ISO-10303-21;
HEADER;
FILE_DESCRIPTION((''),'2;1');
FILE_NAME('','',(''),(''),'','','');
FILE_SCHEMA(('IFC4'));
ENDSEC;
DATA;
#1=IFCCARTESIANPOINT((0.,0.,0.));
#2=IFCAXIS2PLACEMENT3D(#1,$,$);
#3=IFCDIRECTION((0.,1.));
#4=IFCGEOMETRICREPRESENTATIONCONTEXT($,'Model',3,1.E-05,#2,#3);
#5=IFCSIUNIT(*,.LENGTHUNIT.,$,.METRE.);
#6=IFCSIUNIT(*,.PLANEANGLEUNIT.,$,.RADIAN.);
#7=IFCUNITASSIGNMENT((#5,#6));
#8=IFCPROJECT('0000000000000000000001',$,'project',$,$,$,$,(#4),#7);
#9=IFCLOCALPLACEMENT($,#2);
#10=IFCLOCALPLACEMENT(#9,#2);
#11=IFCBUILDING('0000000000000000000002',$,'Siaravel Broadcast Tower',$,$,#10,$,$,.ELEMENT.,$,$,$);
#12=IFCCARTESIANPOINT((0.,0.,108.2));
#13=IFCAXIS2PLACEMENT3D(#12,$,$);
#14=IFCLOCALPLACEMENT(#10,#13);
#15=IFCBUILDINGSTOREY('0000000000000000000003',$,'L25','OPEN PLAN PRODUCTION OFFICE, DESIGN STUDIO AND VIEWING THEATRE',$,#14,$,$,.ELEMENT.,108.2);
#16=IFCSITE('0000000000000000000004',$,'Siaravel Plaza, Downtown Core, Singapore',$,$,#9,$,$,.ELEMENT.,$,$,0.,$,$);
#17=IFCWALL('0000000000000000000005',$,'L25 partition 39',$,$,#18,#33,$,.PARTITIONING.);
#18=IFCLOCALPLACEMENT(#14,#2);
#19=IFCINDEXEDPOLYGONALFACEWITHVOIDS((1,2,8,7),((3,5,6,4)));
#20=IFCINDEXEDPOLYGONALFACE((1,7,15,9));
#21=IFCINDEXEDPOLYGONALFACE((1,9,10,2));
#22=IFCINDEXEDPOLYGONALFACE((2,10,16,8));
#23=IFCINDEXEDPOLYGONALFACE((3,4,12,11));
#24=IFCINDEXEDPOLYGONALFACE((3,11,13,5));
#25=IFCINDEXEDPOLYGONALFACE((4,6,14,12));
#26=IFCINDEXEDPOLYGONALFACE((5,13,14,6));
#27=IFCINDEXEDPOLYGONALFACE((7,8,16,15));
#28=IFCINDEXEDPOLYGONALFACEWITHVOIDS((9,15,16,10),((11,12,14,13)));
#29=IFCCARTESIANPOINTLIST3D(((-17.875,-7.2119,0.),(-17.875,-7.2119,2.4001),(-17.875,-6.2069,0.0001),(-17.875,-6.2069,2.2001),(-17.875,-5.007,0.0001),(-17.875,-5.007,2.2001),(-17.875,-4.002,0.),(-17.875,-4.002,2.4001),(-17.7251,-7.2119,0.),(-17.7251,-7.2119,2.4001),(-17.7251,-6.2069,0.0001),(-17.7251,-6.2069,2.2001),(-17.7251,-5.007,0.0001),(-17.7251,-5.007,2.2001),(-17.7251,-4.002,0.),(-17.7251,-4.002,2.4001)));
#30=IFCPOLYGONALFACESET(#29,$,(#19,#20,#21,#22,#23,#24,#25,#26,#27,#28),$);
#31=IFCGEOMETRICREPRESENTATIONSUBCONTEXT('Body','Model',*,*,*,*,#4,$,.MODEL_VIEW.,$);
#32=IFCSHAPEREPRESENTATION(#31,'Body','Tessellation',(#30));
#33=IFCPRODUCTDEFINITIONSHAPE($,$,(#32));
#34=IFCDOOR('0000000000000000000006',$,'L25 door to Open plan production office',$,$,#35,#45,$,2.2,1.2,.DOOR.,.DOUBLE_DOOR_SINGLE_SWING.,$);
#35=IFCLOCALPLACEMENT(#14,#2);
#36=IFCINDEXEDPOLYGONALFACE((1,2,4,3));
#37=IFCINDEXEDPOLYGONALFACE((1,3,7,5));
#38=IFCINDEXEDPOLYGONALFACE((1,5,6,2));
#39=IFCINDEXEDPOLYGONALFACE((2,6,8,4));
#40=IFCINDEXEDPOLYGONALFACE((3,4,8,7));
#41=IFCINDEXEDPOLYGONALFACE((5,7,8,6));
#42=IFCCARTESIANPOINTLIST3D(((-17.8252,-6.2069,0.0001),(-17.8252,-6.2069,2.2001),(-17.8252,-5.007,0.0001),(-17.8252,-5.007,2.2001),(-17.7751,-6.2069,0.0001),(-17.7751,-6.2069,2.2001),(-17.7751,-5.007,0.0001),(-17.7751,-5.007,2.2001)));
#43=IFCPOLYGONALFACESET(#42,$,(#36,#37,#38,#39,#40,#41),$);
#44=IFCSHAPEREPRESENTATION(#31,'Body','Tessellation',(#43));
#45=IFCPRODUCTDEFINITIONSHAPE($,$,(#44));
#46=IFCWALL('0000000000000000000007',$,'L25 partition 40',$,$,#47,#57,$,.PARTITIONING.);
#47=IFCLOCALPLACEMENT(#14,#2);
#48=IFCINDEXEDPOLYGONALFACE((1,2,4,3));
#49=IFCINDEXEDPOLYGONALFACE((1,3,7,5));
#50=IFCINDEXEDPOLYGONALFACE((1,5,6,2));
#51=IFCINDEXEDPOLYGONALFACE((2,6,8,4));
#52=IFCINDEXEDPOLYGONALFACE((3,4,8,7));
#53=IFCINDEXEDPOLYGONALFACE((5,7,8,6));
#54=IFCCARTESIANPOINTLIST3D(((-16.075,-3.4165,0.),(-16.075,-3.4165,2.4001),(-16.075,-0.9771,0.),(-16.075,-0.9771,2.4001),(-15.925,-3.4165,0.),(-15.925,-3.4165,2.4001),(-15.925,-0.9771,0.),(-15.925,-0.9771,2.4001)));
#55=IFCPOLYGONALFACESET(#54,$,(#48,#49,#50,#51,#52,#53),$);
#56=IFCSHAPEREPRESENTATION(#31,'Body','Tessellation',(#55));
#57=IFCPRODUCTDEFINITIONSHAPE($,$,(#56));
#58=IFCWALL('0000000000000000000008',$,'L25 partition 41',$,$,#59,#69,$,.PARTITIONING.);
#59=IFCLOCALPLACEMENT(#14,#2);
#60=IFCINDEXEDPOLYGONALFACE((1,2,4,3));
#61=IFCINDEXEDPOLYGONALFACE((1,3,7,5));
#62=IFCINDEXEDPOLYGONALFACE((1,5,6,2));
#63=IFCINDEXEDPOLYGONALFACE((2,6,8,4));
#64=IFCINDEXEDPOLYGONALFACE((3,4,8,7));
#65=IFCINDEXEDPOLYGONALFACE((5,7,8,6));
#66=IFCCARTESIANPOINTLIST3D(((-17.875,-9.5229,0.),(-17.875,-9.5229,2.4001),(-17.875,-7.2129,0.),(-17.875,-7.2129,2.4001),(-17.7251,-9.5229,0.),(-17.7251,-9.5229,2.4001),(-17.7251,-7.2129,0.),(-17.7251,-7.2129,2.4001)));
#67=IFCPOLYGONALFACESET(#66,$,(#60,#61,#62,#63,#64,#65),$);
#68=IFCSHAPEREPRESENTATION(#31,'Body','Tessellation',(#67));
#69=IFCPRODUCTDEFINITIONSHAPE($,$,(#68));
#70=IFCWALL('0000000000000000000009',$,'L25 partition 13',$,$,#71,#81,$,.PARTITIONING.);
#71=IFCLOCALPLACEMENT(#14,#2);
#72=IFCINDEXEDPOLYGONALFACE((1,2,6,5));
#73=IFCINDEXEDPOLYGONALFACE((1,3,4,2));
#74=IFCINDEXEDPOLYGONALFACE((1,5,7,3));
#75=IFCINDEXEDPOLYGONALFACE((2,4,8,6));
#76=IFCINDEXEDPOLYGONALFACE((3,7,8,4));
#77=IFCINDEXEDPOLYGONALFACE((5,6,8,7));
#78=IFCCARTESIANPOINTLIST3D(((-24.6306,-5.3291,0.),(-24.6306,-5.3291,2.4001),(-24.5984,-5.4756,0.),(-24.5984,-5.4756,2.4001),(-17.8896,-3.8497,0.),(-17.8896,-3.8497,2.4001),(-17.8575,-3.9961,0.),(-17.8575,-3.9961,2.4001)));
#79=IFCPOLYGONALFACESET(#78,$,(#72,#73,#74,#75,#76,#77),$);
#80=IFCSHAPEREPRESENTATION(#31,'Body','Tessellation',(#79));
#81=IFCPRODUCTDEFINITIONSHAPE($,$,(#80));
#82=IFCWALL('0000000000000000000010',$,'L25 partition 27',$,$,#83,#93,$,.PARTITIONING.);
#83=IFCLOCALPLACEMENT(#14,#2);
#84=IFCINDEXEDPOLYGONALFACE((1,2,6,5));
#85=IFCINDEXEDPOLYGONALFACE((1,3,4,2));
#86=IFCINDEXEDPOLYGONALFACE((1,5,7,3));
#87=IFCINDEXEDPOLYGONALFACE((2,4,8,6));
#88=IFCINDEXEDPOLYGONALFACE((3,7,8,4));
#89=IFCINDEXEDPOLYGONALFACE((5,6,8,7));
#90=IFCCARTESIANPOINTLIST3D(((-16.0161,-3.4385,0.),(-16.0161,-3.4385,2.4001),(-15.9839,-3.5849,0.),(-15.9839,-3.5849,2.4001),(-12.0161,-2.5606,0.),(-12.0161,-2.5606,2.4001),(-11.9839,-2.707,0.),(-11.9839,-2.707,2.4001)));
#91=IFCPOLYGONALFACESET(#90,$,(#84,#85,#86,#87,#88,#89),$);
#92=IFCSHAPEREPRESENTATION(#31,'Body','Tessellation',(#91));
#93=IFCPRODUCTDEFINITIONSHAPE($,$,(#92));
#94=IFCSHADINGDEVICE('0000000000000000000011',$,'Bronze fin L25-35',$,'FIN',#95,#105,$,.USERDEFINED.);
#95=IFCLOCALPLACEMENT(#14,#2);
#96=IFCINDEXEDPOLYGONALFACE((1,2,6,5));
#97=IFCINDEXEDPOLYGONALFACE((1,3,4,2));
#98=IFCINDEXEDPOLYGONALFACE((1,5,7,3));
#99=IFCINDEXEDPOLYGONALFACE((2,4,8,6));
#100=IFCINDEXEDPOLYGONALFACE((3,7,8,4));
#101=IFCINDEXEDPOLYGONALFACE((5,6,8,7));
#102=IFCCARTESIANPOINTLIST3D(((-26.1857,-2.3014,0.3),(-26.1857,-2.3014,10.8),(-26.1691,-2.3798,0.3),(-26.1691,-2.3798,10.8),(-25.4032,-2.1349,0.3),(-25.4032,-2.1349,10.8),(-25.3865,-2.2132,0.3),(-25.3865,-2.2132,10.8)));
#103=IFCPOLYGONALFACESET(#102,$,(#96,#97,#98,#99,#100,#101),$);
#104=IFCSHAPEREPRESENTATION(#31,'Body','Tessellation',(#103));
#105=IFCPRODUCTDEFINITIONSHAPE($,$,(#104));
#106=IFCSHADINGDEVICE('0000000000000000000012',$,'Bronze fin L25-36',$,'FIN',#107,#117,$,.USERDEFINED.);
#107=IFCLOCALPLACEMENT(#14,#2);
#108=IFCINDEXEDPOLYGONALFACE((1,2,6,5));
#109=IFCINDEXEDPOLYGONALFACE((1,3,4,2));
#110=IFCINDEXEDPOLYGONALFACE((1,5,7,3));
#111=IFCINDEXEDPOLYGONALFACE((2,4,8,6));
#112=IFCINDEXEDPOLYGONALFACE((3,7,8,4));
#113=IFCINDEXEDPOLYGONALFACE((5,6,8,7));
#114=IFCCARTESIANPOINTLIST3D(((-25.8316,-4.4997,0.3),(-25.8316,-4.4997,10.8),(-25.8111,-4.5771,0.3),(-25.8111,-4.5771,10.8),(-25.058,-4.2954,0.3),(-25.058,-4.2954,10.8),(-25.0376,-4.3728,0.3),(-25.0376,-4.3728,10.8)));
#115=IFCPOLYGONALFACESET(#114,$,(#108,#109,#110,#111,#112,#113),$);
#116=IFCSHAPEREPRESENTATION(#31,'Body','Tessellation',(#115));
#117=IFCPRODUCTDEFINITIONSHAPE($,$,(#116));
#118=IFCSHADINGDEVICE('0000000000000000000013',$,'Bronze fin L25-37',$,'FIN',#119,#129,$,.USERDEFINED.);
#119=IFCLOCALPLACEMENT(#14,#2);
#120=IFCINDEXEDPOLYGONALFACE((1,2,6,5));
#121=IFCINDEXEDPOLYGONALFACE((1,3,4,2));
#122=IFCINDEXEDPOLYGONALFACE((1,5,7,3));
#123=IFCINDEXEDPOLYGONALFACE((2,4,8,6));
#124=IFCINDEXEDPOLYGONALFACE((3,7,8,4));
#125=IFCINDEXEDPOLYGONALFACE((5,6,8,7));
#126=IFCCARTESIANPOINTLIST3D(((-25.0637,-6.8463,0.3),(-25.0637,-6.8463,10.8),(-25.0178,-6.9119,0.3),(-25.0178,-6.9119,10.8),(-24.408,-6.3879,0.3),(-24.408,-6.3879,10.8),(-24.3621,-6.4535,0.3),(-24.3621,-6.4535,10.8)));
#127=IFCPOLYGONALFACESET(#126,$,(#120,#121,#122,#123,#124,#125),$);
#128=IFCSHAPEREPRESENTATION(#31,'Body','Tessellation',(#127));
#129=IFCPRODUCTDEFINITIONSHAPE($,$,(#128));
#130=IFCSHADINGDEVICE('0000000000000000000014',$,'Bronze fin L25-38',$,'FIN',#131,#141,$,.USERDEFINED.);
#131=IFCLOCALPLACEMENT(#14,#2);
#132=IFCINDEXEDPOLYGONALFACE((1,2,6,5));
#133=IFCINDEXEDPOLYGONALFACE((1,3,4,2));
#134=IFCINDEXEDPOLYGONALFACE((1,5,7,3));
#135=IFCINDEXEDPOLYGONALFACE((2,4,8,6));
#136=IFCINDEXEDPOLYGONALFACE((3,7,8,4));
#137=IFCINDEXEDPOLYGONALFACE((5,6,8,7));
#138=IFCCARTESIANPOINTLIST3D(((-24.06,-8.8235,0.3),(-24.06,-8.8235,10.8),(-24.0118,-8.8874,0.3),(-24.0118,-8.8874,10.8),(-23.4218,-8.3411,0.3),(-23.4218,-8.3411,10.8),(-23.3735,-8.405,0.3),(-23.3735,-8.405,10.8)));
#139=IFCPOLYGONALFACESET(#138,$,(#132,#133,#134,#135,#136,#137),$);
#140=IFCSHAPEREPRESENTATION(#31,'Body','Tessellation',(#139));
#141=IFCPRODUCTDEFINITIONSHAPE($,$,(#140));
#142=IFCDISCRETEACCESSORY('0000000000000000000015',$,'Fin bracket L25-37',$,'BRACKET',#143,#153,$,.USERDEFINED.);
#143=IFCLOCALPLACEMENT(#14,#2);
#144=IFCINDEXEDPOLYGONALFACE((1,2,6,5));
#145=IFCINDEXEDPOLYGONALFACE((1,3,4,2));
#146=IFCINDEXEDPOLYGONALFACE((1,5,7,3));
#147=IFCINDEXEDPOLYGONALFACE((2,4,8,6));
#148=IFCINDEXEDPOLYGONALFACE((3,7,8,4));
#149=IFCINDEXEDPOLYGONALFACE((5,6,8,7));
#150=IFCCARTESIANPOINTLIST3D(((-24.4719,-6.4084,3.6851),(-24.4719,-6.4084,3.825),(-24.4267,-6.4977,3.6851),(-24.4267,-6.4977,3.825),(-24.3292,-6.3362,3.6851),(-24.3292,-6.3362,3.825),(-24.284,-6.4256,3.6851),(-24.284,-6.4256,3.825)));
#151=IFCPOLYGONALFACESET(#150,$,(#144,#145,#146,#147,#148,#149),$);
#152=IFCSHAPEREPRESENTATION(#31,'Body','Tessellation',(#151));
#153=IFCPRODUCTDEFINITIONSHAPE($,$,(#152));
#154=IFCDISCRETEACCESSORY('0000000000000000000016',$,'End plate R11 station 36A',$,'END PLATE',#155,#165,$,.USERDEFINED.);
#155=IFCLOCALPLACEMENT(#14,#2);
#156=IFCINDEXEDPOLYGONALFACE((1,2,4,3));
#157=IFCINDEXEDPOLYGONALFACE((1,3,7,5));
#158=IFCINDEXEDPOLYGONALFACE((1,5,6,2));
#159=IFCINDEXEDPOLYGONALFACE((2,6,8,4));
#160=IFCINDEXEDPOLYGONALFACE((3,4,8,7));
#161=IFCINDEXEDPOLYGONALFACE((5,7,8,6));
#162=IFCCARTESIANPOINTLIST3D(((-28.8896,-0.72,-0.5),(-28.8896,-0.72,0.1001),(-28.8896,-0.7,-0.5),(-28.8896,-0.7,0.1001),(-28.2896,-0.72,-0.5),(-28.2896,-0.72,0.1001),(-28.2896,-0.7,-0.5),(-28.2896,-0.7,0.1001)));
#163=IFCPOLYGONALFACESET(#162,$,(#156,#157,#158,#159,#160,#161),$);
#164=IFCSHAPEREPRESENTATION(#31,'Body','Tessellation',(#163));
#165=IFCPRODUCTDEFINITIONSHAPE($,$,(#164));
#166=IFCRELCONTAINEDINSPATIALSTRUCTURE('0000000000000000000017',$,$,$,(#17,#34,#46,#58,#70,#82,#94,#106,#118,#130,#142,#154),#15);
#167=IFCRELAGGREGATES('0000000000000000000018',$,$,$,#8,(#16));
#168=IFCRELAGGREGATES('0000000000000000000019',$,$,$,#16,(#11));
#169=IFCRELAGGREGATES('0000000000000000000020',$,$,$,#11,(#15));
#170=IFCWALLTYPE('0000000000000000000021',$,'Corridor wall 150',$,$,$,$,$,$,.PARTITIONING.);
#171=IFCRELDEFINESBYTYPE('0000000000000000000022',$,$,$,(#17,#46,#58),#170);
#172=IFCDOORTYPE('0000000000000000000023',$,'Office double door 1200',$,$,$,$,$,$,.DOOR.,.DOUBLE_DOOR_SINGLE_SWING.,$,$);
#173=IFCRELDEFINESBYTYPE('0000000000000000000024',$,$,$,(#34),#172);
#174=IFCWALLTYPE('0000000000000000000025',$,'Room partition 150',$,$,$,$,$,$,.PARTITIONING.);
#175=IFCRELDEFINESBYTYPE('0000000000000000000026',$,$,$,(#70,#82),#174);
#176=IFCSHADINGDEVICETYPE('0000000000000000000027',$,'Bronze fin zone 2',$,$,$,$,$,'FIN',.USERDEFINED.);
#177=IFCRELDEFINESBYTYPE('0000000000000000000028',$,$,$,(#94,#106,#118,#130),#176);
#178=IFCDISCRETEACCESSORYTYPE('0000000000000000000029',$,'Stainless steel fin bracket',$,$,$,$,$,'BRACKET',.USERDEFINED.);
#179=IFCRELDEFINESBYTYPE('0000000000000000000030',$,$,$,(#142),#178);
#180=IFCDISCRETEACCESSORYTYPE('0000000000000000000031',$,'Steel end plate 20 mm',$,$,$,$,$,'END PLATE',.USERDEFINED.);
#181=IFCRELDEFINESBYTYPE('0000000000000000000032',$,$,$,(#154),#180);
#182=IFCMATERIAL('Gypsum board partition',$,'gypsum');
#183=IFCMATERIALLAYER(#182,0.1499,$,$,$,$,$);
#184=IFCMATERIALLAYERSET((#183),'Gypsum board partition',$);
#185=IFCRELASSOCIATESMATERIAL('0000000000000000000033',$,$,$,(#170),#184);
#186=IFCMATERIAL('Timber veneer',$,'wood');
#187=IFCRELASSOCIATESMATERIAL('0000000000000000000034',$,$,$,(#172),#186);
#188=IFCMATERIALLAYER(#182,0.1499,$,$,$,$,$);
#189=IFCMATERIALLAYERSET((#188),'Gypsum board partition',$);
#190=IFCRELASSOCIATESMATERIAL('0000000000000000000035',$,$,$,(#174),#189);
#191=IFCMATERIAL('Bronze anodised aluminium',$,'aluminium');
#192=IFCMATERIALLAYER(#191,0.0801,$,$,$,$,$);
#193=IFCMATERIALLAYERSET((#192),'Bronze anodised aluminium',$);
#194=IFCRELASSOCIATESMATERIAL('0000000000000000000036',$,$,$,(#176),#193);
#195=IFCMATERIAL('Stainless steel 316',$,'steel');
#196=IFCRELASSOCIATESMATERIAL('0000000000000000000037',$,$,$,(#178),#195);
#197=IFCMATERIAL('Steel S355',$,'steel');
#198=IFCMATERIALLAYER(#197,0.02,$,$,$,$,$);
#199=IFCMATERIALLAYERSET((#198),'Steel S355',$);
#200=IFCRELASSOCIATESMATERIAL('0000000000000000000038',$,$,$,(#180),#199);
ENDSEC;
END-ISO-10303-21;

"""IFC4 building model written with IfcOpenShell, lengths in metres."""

from ifc_helpers import new_model, si_unit, direction, frame, frame_2d, origin, origin_2d, place, context, subcontext, project, spatial, rectangle, extrude, material, layer, layer_set, type_object, element, fill, save


model = new_model("IFC4")

# Units and contexts
model_context = context("Model", 3, precision=1e-05, world=origin(), true_north=direction((0.0, 1.0)))
body_context = subcontext(model_context, "Body", "Model", "MODEL_VIEW")
ifc_project = project(units=[si_unit("LENGTHUNIT", "METRE"), si_unit("PLANEANGLEUNIT", "RADIAN")], contexts=[model_context])

# Site, building, storey
site_placement = place(None, origin())
site = spatial("IfcSite", under=ifc_project, at=site_placement, Name="Siaravel Plaza, Downtown Core, Singapore", CompositionType="ELEMENT", RefElevation=0.0)
building_placement = place(site_placement, origin())
building = spatial("IfcBuilding", under=site, at=building_placement, Name="Siaravel Broadcast Tower", CompositionType="ELEMENT")
storey_placement = place(building_placement, frame((0.0, 0.0, 108.2)))
storey = spatial("IfcBuildingStorey", under=building, at=storey_placement, Name="L25", Description="OPEN PLAN PRODUCTION OFFICE, DESIGN STUDIO AND VIEWING THEATRE", CompositionType="ELEMENT", Elevation=108.2)

# Shared definitions
ifc_material_1 = material(Name="Steel S355", Category="steel")

# Shared definitions
ifc_material_2 = material(Name="Gypsum board partition", Category="gypsum")
ifc_layer_1 = layer(ifc_material_2, 0.1499)
ifc_layer_set_1 = layer_set([ifc_layer_1], Name="Gypsum board partition")
wall_type_1 = type_object("IfcWallType", Name="Corridor wall 150", PredefinedType="PARTITIONING", material=ifc_layer_set_1)
ifc_material_3 = material(Name="Timber veneer", Category="wood")
door_type = type_object("IfcDoorType", Name="Office double door 1200", OperationType="DOUBLE_DOOR_SINGLE_SWING", PredefinedType="DOOR", material=ifc_material_3)

# Wall, opening, door
wall_1_placement = place(storey_placement, frame((-17.8, -4.002, 0.0), z_axis=(0.0, 0.0, 1.0), x_axis=(0.0, -1.0, 0.0)))
wall_1 = element("IfcWall", 1, at=wall_1_placement, inside=storey, type_object=wall_type_1, Name="L25 partition 39", PredefinedType="PARTITIONING", context=body_context, shape_type="SweptSolid", body=[
    extrude(rectangle(XDim=3.21, YDim=0.1499, at=frame_2d((1.605, 0.0))), origin(), (0.0, 0.0, 1.0), 2.4001),
])
opening_1_placement = place(wall_1_placement, frame((1.0049, 0.0, 0.0)))
opening_1 = element("IfcOpeningElement", 2, at=opening_1_placement, cuts=wall_1, PredefinedType="OPENING", context=body_context, shape_type="SweptSolid", body=[
    extrude(rectangle(XDim=1.2, YDim=2.2, at=frame_2d((0.6001, 1.1001))), frame((0.0, 0.085, 0.0), z_axis=(0.0, -1.0, 0.0), x_axis=(1.0, 0.0, 0.0)), (0.0, 0.0, 1.0), 0.1699),
])
door_1_placement = place(opening_1_placement, origin())
door_1 = element("IfcDoor", 3, at=door_1_placement, inside=storey, type_object=door_type, Name="L25 door to Open plan production office", OperationType="DOUBLE_DOOR_SINGLE_SWING", OverallHeight=2.2, OverallWidth=1.2, PredefinedType="DOOR", context=body_context, shape_type="SweptSolid", body=[
    extrude(rectangle(XDim=1.2, YDim=2.2, at=frame_2d((0.6001, 1.1001))), frame((0.0, 0.0249, 0.0), z_axis=(0.0, -1.0, 0.0), x_axis=(1.0, 0.0, 0.0)), (0.0, 0.0, 1.0), 0.05),
])
fill(opening_1, door_1)

# Walls
wall_2_placement = place(storey_placement, frame((-16.0, -3.4165, 0.0), z_axis=(0.0, 0.0, 1.0), x_axis=(0.0, 1.0, 0.0)))
element("IfcWall", 4, at=wall_2_placement, inside=storey, type_object=wall_type_1, Name="L25 partition 40", PredefinedType="PARTITIONING", context=body_context, shape_type="SweptSolid", body=[
    extrude(rectangle(XDim=2.4395, YDim=0.1499, at=frame_2d((1.2197, 0.0))), origin(), (0.0, 0.0, 1.0), 2.4001),
])
wall_3_placement = place(storey_placement, frame((-17.8, -7.2129, 0.0), z_axis=(0.0, 0.0, 1.0), x_axis=(0.0, -1.0, 0.0)))
element("IfcWall", 5, at=wall_3_placement, inside=storey, type_object=wall_type_1, Name="L25 partition 41", PredefinedType="PARTITIONING", context=body_context, shape_type="SweptSolid", body=[
    extrude(rectangle(XDim=2.3101, YDim=0.1499, at=frame_2d((1.155, 0.0))), origin(), (0.0, 0.0, 1.0), 2.4001),
])
ifc_layer_2 = layer(ifc_material_2, 0.1499)
ifc_layer_set_2 = layer_set([ifc_layer_2], Name="Gypsum board partition")
wall_type_2 = type_object("IfcWallType", Name="Room partition 150", PredefinedType="PARTITIONING", material=ifc_layer_set_2)
wall_4_placement = place(storey_placement, frame((-24.6145, -5.4023, 0.0), z_axis=(0.0, 0.0, 1.0), x_axis=(0.976751, 0.214375, 0.0)))
element("IfcWall", 6, at=wall_4_placement, inside=storey, type_object=wall_type_2, Name="L25 partition 13", PredefinedType="PARTITIONING", context=body_context, shape_type="SweptSolid", body=[
    extrude(rectangle(XDim=6.9014, YDim=0.1499, at=frame_2d((3.4507, 0.0))), origin(), (0.0, 0.0, 1.0), 2.4001),
])
wall_5_placement = place(storey_placement, frame((-16.0, -3.5117, 0.0), z_axis=(0.0, 0.0, 1.0), x_axis=(0.97675, 0.21438, 0.0)))
element("IfcWall", 7, at=wall_5_placement, inside=storey, type_object=wall_type_2, Name="L25 partition 27", PredefinedType="PARTITIONING", context=body_context, shape_type="SweptSolid", body=[
    extrude(rectangle(XDim=4.0952, YDim=0.1499, at=frame_2d((2.0476, 0.0))), origin(), (0.0, 0.0, 1.0), 2.4001),
])

# Shading devices
ifc_material_4 = material(Name="Bronze anodised aluminium", Category="aluminium")
ifc_layer_3 = layer(ifc_material_4, 0.0801)
ifc_layer_set_3 = layer_set([ifc_layer_3], Name="Bronze anodised aluminium")
shading_device_type = type_object("IfcShadingDeviceType", Name="Bronze fin zone 2", ElementType="FIN", PredefinedType="USERDEFINED", material=ifc_layer_set_3)
for number, where, z_axis, x_axis, name in (
    (8, (-25.7861, -2.2573, 0.3), (0.0, 0.0, 1.0), (-0.978086, -0.208202, 0.0), "Bronze fin L25-35"),
    (9, (-25.4346, -4.4363, 0.3), (0.0, 0.0, 1.0), (-0.966849, -0.25535, 0.0), "Bronze fin L25-36"),
    (10, (-24.7129, -6.6499, 0.3), (0.0, 0.0, 1.0), (-0.819528, -0.573039, 0.0), "Bronze fin L25-37"),
    (11, (-23.7168, -8.6143, 0.3), (0.0, 0.0, 1.0), (-0.797721, -0.603027, 0.0), "Bronze fin L25-38"),
):
    element("IfcShadingDevice", number, at=place(storey_placement, frame(where, z_axis=z_axis, x_axis=x_axis)), inside=storey, type_object=shading_device_type, Name=name, ObjectType="FIN", PredefinedType="USERDEFINED", context=body_context, shape_type="SweptSolid", body=[
        extrude(rectangle(XDim=0.8, YDim=0.0801, at=origin_2d()), origin(), (0.0, 0.0, 1.0), 10.5),
    ])

# Discrete accessories
ifc_material_5 = material(Name="Stainless steel 316", Category="steel")
discrete_accessory_type_1 = type_object("IfcDiscreteAccessoryType", Name="Stainless steel fin bracket", ElementType="BRACKET", PredefinedType="USERDEFINED", material=ifc_material_5)
discrete_accessory_1_placement = place(storey_placement, frame((-24.3779, -6.417, 3.6851), z_axis=(0.0, 0.0, 1.0), x_axis=(-0.892392, -0.451261, 0.0)))
element("IfcDiscreteAccessory", 12, at=discrete_accessory_1_placement, inside=storey, type_object=discrete_accessory_type_1, Name="Fin bracket L25-37", ObjectType="BRACKET", PredefinedType="USERDEFINED", context=body_context, shape_type="SweptSolid", body=[
    extrude(rectangle(XDim=0.1599, YDim=0.1001, at=origin_2d()), origin(), (0.0, 0.0, 1.0), 0.1399),
])
ifc_layer_4 = layer(ifc_material_1, 0.02)
ifc_layer_set_4 = layer_set([ifc_layer_4], Name="Steel S355")
discrete_accessory_type_2 = type_object("IfcDiscreteAccessoryType", Name="Steel end plate 20 mm", ElementType="END PLATE", PredefinedType="USERDEFINED", material=ifc_layer_set_4)
discrete_accessory_2_placement = place(storey_placement, frame((-28.5896, -0.71, -0.5), z_axis=(0.0, 0.0, 1.0), x_axis=(0.0, -1.0, 0.0)))
element("IfcDiscreteAccessory", 13, at=discrete_accessory_2_placement, inside=storey, type_object=discrete_accessory_type_2, Name="End plate R11 station 36A", ObjectType="END PLATE", PredefinedType="USERDEFINED", context=body_context, shape_type="SweptSolid", body=[
    extrude(rectangle(XDim=0.02, YDim=0.6001, at=origin_2d()), origin(), (0.0, 0.0, 1.0), 0.6001),
])

save(model, "model.ifc")
